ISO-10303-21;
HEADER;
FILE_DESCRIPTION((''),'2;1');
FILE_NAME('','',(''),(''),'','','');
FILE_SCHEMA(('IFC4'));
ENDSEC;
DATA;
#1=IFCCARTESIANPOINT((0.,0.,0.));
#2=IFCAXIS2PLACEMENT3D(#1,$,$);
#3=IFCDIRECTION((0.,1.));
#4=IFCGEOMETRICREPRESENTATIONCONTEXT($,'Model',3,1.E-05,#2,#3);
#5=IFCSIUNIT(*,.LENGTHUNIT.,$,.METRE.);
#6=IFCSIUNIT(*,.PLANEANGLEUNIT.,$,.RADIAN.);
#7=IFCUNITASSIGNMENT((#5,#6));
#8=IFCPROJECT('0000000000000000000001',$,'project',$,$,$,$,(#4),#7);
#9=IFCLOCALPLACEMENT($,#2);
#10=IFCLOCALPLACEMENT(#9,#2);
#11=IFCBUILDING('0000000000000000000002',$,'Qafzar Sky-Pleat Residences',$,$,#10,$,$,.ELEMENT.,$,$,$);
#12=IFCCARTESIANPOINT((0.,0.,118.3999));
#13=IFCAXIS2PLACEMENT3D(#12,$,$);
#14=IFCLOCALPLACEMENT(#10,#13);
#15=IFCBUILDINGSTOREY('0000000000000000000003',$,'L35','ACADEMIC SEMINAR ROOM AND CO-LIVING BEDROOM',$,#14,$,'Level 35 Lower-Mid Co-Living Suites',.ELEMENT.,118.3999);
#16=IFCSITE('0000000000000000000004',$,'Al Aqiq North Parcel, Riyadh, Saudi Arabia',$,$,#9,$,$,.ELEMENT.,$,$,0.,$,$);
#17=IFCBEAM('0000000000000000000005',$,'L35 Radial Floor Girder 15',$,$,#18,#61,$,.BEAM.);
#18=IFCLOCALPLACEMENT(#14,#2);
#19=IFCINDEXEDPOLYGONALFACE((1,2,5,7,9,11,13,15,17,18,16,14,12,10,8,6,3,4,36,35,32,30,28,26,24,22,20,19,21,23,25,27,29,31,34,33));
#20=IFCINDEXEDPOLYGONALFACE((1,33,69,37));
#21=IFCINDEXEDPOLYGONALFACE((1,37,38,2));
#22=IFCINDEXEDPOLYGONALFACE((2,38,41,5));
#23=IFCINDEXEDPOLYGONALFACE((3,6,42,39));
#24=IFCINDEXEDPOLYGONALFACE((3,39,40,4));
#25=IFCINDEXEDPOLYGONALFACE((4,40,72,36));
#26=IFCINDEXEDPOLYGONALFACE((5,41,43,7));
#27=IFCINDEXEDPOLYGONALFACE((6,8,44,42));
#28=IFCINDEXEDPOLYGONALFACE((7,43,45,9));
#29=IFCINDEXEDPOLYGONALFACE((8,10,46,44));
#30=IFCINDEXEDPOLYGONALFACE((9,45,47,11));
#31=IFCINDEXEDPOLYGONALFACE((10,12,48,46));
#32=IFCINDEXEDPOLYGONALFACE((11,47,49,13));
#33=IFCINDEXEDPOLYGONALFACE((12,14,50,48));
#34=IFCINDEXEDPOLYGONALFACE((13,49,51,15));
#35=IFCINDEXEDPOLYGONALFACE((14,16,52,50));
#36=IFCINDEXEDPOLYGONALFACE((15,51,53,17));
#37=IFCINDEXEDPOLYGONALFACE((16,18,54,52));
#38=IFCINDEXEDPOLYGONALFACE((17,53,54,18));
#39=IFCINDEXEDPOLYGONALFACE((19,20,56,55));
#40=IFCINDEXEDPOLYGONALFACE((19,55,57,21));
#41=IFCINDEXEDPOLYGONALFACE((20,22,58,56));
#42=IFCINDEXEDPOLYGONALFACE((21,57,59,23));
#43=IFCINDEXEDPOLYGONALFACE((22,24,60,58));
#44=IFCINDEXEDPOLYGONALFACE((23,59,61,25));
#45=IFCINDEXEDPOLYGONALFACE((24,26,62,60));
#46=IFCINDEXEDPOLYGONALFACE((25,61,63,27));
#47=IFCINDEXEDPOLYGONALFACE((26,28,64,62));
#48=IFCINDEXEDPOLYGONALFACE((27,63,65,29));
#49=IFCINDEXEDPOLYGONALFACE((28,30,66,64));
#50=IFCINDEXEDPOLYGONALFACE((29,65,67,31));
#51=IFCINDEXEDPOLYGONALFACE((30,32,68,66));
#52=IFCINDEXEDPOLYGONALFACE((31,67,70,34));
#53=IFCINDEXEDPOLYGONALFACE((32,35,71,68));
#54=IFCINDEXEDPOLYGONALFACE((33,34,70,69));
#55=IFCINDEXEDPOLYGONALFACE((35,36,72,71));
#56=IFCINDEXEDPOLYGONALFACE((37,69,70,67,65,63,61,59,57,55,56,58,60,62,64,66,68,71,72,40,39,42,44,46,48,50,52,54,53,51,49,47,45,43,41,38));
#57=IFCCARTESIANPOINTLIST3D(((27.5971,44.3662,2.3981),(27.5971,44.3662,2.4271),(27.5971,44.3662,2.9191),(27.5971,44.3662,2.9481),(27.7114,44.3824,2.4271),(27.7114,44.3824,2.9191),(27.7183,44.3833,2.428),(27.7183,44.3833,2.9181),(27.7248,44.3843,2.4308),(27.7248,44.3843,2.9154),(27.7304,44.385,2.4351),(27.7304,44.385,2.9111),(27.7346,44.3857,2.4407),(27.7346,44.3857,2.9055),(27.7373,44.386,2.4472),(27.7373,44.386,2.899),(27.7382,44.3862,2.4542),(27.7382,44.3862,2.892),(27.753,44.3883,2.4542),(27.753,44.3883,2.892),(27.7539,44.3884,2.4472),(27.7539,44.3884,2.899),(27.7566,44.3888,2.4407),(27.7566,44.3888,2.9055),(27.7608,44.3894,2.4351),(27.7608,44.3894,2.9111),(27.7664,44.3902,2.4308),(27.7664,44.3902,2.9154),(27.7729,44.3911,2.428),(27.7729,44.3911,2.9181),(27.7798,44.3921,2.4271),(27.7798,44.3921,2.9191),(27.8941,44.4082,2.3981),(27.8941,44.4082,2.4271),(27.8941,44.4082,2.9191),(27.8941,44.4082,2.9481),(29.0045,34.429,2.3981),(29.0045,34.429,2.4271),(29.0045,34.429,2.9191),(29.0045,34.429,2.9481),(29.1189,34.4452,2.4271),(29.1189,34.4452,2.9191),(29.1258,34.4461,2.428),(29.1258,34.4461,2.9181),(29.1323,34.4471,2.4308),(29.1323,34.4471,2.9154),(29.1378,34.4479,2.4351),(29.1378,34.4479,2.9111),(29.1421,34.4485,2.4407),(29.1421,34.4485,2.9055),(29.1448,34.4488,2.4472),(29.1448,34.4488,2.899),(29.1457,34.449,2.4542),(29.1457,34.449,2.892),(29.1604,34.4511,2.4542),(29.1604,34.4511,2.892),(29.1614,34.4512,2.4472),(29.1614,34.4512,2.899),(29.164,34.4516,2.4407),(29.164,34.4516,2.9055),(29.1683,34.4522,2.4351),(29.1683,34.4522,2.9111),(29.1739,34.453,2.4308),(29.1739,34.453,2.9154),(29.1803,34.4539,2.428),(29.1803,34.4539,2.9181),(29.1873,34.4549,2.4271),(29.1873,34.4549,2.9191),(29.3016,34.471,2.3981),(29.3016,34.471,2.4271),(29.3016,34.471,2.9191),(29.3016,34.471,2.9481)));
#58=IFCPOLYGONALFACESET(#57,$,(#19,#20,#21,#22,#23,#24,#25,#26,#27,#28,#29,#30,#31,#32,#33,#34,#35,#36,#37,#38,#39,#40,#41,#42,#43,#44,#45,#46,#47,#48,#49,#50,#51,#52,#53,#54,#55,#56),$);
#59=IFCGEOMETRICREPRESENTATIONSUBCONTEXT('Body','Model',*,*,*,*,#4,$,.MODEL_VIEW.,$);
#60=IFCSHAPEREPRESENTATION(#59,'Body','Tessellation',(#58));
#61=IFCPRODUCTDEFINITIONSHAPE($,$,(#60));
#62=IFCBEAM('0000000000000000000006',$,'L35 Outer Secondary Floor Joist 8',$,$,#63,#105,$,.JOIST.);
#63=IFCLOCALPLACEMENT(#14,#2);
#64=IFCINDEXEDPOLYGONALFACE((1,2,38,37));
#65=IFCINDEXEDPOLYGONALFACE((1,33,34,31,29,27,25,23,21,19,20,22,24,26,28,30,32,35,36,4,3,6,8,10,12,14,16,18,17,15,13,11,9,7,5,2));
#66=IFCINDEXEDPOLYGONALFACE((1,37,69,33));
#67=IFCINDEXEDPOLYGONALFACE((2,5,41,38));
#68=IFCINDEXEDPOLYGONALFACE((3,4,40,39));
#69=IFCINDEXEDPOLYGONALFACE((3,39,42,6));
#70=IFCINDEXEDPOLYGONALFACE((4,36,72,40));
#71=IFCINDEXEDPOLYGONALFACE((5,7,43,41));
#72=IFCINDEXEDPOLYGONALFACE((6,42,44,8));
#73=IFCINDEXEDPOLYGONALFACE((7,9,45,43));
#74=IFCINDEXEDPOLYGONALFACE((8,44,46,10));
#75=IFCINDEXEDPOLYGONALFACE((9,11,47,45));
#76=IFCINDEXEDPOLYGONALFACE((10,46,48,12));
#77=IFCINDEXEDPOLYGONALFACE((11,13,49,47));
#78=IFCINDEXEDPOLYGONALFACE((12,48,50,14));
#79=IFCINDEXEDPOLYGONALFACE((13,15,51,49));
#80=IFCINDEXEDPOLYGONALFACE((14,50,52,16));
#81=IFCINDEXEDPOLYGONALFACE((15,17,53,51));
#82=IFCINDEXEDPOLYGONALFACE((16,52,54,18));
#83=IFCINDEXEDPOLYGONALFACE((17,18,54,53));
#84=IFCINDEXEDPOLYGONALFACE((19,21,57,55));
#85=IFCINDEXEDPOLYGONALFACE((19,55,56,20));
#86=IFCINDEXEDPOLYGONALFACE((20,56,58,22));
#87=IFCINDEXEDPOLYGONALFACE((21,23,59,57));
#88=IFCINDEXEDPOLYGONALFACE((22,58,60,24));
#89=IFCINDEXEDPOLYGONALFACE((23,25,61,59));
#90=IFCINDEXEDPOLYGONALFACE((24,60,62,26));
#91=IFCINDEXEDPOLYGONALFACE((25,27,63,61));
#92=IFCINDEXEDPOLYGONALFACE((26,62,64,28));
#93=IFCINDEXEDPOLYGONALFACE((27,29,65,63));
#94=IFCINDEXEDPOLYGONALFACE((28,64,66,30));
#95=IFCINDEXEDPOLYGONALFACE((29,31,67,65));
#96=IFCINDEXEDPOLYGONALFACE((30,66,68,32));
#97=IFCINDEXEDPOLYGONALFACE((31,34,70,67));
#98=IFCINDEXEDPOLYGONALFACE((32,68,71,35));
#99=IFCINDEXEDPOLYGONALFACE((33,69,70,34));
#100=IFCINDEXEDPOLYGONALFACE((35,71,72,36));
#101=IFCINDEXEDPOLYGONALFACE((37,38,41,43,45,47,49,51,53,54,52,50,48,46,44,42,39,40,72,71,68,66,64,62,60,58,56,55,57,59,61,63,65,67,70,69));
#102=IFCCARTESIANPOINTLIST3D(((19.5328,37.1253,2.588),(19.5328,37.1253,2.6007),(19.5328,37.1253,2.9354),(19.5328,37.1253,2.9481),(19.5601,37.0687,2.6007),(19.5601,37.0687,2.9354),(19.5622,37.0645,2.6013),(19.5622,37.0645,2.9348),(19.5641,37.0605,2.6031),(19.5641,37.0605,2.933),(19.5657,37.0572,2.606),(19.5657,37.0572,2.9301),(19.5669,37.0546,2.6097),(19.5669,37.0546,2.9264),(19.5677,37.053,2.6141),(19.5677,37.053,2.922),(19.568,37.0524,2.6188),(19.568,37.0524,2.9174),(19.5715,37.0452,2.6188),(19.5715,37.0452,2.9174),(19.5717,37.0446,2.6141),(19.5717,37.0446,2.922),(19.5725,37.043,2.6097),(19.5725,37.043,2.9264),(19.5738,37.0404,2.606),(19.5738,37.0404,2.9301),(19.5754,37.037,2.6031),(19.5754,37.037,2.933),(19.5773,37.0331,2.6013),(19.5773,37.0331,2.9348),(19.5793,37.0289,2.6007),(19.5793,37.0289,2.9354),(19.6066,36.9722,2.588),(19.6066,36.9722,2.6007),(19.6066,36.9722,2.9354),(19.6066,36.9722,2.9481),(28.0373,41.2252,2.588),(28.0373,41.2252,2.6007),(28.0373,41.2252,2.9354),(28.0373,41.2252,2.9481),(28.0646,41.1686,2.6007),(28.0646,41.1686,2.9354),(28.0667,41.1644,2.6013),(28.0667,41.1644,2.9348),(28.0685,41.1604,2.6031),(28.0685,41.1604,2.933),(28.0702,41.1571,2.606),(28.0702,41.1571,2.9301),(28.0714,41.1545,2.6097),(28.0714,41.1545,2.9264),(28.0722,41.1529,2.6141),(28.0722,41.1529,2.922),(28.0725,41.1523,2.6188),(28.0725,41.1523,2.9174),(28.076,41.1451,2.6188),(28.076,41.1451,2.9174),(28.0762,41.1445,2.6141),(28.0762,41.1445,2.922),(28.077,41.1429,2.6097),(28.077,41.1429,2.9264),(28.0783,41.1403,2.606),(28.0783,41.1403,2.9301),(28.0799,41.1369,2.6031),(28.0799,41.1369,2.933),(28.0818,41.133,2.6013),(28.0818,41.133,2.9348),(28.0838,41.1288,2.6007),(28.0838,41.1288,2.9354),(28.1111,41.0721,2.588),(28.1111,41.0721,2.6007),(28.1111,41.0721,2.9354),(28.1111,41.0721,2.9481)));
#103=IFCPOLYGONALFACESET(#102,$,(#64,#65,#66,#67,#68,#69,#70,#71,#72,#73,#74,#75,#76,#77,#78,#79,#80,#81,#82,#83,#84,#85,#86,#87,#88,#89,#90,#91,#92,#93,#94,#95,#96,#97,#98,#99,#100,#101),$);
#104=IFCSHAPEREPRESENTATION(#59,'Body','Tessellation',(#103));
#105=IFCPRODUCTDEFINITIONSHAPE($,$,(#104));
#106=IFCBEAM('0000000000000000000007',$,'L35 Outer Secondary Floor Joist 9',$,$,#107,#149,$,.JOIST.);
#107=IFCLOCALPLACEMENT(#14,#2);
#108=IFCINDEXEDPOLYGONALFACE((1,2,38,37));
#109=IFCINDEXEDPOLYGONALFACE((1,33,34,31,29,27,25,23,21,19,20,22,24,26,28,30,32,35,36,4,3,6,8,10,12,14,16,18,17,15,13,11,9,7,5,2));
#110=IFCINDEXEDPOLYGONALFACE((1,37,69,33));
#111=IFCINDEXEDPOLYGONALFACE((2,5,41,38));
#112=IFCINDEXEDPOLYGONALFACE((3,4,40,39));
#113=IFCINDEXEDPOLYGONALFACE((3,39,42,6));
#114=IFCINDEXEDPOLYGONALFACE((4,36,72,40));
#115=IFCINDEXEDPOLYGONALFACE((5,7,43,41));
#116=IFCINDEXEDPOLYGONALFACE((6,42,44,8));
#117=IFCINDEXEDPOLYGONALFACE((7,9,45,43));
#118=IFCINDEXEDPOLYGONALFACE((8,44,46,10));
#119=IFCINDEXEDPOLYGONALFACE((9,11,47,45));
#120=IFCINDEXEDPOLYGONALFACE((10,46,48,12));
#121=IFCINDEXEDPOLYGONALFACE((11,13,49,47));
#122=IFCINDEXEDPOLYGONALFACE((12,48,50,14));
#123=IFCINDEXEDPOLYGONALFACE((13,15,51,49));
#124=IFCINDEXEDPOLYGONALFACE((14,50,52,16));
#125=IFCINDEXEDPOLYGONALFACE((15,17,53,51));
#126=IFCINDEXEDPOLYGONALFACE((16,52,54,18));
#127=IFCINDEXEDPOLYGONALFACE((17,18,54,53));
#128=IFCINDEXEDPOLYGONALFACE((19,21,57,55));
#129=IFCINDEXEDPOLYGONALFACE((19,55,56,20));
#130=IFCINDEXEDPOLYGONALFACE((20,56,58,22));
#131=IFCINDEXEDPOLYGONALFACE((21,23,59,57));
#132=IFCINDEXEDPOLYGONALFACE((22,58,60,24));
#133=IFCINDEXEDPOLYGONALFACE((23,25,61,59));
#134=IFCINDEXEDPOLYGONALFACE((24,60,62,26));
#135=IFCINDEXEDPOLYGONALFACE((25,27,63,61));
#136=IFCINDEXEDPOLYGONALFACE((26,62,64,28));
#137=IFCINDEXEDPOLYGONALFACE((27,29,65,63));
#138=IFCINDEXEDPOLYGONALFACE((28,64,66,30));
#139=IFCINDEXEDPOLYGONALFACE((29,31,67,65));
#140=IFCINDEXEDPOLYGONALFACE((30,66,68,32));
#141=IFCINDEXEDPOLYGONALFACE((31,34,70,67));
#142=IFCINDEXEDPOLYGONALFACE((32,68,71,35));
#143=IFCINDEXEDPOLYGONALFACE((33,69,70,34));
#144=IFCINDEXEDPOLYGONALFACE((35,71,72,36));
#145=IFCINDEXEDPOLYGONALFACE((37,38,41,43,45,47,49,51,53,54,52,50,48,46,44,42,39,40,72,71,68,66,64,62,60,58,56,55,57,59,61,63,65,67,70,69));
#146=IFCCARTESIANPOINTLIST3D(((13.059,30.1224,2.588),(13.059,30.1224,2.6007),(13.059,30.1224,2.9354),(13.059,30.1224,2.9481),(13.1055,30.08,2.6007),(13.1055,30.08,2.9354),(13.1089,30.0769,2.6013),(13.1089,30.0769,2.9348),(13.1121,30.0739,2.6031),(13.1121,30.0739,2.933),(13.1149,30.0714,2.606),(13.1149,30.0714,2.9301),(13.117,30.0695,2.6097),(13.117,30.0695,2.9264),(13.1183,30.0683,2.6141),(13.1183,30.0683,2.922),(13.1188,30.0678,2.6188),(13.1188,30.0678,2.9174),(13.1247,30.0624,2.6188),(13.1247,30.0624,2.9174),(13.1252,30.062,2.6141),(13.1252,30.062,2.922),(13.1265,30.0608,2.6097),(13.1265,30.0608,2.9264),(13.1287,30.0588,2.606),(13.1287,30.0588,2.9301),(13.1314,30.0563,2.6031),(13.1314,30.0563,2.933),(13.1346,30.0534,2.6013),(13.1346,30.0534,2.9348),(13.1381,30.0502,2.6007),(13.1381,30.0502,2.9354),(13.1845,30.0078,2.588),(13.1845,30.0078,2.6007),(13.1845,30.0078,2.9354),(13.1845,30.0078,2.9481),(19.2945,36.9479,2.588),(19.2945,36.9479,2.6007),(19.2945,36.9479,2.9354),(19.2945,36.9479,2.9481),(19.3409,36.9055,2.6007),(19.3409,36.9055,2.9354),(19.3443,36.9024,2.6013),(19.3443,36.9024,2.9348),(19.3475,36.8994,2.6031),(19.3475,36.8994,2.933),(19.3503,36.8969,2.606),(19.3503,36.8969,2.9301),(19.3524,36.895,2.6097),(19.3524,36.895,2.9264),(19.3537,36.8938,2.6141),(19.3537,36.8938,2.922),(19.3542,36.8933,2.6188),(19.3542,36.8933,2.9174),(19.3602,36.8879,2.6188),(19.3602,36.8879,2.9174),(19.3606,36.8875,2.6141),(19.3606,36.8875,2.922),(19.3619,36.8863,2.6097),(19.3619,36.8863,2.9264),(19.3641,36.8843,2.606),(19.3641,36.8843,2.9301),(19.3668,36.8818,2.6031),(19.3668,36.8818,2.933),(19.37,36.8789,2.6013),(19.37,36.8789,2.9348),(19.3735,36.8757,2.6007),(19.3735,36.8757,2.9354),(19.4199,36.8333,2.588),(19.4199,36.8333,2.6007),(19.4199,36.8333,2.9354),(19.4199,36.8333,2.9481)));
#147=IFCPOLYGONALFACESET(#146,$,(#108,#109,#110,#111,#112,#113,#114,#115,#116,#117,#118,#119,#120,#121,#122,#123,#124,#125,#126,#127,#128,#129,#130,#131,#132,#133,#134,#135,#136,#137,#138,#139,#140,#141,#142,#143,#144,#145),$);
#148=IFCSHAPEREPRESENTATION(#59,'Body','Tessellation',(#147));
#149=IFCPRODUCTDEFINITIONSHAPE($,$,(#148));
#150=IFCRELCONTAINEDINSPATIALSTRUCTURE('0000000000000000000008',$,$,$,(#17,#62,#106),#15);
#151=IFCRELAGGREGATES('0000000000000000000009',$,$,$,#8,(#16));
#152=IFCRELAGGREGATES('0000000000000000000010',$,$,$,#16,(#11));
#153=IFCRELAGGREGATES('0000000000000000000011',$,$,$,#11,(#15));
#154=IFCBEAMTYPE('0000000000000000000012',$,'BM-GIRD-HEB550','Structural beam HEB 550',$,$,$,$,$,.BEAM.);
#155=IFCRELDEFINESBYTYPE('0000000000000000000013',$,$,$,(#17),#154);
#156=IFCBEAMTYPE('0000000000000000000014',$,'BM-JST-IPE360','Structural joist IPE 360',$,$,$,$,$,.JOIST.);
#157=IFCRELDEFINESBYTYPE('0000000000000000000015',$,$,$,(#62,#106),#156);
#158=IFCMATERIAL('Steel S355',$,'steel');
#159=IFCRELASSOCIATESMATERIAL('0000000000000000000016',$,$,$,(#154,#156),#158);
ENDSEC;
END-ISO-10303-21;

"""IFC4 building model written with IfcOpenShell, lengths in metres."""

from ifc_helpers import new_model, si_unit, direction, frame, origin, origin_2d, place, context, subcontext, project, spatial, i_section, extrude, source, transform, mapped, material, material_profile, profile_set, type_object, element, save


model = new_model("IFC4")

# Units and contexts
model_context = context("Model", 3, precision=1e-05, world=origin(), true_north=direction((0.0, 1.0)))
body_context = subcontext(model_context, "Body", "Model", "MODEL_VIEW")
ifc_project = project(units=[si_unit("LENGTHUNIT", "METRE"), si_unit("PLANEANGLEUNIT", "RADIAN")], contexts=[model_context])

# Site, building, storey
site_placement = place(None, origin())
site = spatial("IfcSite", under=ifc_project, at=site_placement, Name="Al Aqiq North Parcel, Riyadh, Saudi Arabia", CompositionType="ELEMENT", RefElevation=0.0)
building_placement = place(site_placement, origin())
building = spatial("IfcBuilding", under=site, at=building_placement, Name="Qafzar Sky-Pleat Residences", CompositionType="ELEMENT")
storey_placement = place(building_placement, frame((0.0, 0.0, 118.3999)))
storey = spatial("IfcBuildingStorey", under=building, at=storey_placement, Name="L35", Description="ACADEMIC SEMINAR ROOM AND CO-LIVING BEDROOM", LongName="Level 35 Lower-Mid Co-Living Suites", CompositionType="ELEMENT", Elevation=118.3999)

# Beams
ifc_material_1 = material(Name="Steel S355", Category="steel")
ifc_material_profile_1 = material_profile(ifc_material_1, i_section(OverallWidth=0.3, OverallDepth=0.55, WebThickness=0.0149, FlangeThickness=0.0291, FilletRadius=0.0271, at=origin_2d()), Name="HEB 550")
ifc_profile_set_1 = profile_set([ifc_material_profile_1], Name="Steel S355")
beam_type_1 = type_object("IfcBeamType", Name="BM-GIRD-HEB550", Description="Structural beam HEB 550", PredefinedType="BEAM", material=ifc_profile_set_1)
shared_shape_1 = source(origin(), body_context, "Body", "SweptSolid", [
    extrude(i_section(OverallWidth=0.3, OverallDepth=0.55, WebThickness=0.0149, FlangeThickness=0.0291, FilletRadius=0.0271, at=origin_2d()), origin(), (0.0, 0.0, 1.0), 10.0364),
])
beam_1_placement = place(storey_placement, frame((27.7456, 44.3872, 2.6731), z_axis=(0.140236, -0.990118, 0.0), x_axis=(0.990118, 0.140236, 0.0)))
element("IfcBeam", 1, at=beam_1_placement, inside=storey, type_object=beam_type_1, Name="L35 Radial Floor Girder 15", PredefinedType="BEAM", context=body_context, shape_type="MappedRepresentation", body=[
    mapped(shared_shape_1, transform((0.0, 0.0, 0.0), x_axis=(1.0, 0.0, 0.0), y_axis=(0.0, 1.0, 0.0), z_axis=(0.0, 0.0, 1.0), scale=1.0)),
])
ifc_material_profile_2 = material_profile(ifc_material_1, i_section(OverallWidth=0.1699, OverallDepth=0.3601, WebThickness=0.0081, FlangeThickness=0.0127, FilletRadius=0.0181, at=origin_2d()), Name="IPE 360")
ifc_profile_set_2 = profile_set([ifc_material_profile_2], Name="Steel S355")
beam_type_2 = type_object("IfcBeamType", Name="BM-JST-IPE360", Description="Structural joist IPE 360", PredefinedType="JOIST", material=ifc_profile_set_2)
shared_shape_2 = source(origin(), body_context, "Body", "SweptSolid", [
    extrude(i_section(OverallWidth=0.1699, OverallDepth=0.3601, WebThickness=0.0081, FlangeThickness=0.0127, FilletRadius=0.0181, at=origin_2d()), origin(), (0.0, 0.0, 1.0), 9.4412),
])
beam_2_placement = place(storey_placement, frame((28.0742, 41.1487, 2.7681), z_axis=(-0.900789, -0.434258, 0.0), x_axis=(0.434258, -0.900789, 0.0)))
element("IfcBeam", 2, at=beam_2_placement, inside=storey, type_object=beam_type_2, Name="L35 Outer Secondary Floor Joist 8", PredefinedType="JOIST", context=body_context, shape_type="MappedRepresentation", body=[
    mapped(shared_shape_2, transform((0.0, 0.0, 0.0), x_axis=(1.0, 0.0, 0.0), y_axis=(0.0, 1.0, 0.0), z_axis=(0.0, 0.0, 1.0), scale=1.0)),
])
shared_shape_3 = source(origin(), body_context, "Body", "SweptSolid", [
    extrude(i_section(OverallWidth=0.1699, OverallDepth=0.3601, WebThickness=0.0081, FlangeThickness=0.0127, FilletRadius=0.0181, at=origin_2d()), origin(), (0.0, 0.0, 1.0), 9.2449),
])
beam_3_placement = place(storey_placement, frame((19.3572, 36.8906, 2.7681), z_axis=(-0.674472, -0.738301, 0.0), x_axis=(0.738301, -0.674472, 0.0)))
element("IfcBeam", 3, at=beam_3_placement, inside=storey, type_object=beam_type_2, Name="L35 Outer Secondary Floor Joist 9", PredefinedType="JOIST", context=body_context, shape_type="MappedRepresentation", body=[
    mapped(shared_shape_3, transform((0.0, 0.0, 0.0), x_axis=(1.0, 0.0, 0.0), y_axis=(0.0, 1.0, 0.0), z_axis=(0.0, 0.0, 1.0), scale=1.0)),
])

save(model, "model.ifc")
